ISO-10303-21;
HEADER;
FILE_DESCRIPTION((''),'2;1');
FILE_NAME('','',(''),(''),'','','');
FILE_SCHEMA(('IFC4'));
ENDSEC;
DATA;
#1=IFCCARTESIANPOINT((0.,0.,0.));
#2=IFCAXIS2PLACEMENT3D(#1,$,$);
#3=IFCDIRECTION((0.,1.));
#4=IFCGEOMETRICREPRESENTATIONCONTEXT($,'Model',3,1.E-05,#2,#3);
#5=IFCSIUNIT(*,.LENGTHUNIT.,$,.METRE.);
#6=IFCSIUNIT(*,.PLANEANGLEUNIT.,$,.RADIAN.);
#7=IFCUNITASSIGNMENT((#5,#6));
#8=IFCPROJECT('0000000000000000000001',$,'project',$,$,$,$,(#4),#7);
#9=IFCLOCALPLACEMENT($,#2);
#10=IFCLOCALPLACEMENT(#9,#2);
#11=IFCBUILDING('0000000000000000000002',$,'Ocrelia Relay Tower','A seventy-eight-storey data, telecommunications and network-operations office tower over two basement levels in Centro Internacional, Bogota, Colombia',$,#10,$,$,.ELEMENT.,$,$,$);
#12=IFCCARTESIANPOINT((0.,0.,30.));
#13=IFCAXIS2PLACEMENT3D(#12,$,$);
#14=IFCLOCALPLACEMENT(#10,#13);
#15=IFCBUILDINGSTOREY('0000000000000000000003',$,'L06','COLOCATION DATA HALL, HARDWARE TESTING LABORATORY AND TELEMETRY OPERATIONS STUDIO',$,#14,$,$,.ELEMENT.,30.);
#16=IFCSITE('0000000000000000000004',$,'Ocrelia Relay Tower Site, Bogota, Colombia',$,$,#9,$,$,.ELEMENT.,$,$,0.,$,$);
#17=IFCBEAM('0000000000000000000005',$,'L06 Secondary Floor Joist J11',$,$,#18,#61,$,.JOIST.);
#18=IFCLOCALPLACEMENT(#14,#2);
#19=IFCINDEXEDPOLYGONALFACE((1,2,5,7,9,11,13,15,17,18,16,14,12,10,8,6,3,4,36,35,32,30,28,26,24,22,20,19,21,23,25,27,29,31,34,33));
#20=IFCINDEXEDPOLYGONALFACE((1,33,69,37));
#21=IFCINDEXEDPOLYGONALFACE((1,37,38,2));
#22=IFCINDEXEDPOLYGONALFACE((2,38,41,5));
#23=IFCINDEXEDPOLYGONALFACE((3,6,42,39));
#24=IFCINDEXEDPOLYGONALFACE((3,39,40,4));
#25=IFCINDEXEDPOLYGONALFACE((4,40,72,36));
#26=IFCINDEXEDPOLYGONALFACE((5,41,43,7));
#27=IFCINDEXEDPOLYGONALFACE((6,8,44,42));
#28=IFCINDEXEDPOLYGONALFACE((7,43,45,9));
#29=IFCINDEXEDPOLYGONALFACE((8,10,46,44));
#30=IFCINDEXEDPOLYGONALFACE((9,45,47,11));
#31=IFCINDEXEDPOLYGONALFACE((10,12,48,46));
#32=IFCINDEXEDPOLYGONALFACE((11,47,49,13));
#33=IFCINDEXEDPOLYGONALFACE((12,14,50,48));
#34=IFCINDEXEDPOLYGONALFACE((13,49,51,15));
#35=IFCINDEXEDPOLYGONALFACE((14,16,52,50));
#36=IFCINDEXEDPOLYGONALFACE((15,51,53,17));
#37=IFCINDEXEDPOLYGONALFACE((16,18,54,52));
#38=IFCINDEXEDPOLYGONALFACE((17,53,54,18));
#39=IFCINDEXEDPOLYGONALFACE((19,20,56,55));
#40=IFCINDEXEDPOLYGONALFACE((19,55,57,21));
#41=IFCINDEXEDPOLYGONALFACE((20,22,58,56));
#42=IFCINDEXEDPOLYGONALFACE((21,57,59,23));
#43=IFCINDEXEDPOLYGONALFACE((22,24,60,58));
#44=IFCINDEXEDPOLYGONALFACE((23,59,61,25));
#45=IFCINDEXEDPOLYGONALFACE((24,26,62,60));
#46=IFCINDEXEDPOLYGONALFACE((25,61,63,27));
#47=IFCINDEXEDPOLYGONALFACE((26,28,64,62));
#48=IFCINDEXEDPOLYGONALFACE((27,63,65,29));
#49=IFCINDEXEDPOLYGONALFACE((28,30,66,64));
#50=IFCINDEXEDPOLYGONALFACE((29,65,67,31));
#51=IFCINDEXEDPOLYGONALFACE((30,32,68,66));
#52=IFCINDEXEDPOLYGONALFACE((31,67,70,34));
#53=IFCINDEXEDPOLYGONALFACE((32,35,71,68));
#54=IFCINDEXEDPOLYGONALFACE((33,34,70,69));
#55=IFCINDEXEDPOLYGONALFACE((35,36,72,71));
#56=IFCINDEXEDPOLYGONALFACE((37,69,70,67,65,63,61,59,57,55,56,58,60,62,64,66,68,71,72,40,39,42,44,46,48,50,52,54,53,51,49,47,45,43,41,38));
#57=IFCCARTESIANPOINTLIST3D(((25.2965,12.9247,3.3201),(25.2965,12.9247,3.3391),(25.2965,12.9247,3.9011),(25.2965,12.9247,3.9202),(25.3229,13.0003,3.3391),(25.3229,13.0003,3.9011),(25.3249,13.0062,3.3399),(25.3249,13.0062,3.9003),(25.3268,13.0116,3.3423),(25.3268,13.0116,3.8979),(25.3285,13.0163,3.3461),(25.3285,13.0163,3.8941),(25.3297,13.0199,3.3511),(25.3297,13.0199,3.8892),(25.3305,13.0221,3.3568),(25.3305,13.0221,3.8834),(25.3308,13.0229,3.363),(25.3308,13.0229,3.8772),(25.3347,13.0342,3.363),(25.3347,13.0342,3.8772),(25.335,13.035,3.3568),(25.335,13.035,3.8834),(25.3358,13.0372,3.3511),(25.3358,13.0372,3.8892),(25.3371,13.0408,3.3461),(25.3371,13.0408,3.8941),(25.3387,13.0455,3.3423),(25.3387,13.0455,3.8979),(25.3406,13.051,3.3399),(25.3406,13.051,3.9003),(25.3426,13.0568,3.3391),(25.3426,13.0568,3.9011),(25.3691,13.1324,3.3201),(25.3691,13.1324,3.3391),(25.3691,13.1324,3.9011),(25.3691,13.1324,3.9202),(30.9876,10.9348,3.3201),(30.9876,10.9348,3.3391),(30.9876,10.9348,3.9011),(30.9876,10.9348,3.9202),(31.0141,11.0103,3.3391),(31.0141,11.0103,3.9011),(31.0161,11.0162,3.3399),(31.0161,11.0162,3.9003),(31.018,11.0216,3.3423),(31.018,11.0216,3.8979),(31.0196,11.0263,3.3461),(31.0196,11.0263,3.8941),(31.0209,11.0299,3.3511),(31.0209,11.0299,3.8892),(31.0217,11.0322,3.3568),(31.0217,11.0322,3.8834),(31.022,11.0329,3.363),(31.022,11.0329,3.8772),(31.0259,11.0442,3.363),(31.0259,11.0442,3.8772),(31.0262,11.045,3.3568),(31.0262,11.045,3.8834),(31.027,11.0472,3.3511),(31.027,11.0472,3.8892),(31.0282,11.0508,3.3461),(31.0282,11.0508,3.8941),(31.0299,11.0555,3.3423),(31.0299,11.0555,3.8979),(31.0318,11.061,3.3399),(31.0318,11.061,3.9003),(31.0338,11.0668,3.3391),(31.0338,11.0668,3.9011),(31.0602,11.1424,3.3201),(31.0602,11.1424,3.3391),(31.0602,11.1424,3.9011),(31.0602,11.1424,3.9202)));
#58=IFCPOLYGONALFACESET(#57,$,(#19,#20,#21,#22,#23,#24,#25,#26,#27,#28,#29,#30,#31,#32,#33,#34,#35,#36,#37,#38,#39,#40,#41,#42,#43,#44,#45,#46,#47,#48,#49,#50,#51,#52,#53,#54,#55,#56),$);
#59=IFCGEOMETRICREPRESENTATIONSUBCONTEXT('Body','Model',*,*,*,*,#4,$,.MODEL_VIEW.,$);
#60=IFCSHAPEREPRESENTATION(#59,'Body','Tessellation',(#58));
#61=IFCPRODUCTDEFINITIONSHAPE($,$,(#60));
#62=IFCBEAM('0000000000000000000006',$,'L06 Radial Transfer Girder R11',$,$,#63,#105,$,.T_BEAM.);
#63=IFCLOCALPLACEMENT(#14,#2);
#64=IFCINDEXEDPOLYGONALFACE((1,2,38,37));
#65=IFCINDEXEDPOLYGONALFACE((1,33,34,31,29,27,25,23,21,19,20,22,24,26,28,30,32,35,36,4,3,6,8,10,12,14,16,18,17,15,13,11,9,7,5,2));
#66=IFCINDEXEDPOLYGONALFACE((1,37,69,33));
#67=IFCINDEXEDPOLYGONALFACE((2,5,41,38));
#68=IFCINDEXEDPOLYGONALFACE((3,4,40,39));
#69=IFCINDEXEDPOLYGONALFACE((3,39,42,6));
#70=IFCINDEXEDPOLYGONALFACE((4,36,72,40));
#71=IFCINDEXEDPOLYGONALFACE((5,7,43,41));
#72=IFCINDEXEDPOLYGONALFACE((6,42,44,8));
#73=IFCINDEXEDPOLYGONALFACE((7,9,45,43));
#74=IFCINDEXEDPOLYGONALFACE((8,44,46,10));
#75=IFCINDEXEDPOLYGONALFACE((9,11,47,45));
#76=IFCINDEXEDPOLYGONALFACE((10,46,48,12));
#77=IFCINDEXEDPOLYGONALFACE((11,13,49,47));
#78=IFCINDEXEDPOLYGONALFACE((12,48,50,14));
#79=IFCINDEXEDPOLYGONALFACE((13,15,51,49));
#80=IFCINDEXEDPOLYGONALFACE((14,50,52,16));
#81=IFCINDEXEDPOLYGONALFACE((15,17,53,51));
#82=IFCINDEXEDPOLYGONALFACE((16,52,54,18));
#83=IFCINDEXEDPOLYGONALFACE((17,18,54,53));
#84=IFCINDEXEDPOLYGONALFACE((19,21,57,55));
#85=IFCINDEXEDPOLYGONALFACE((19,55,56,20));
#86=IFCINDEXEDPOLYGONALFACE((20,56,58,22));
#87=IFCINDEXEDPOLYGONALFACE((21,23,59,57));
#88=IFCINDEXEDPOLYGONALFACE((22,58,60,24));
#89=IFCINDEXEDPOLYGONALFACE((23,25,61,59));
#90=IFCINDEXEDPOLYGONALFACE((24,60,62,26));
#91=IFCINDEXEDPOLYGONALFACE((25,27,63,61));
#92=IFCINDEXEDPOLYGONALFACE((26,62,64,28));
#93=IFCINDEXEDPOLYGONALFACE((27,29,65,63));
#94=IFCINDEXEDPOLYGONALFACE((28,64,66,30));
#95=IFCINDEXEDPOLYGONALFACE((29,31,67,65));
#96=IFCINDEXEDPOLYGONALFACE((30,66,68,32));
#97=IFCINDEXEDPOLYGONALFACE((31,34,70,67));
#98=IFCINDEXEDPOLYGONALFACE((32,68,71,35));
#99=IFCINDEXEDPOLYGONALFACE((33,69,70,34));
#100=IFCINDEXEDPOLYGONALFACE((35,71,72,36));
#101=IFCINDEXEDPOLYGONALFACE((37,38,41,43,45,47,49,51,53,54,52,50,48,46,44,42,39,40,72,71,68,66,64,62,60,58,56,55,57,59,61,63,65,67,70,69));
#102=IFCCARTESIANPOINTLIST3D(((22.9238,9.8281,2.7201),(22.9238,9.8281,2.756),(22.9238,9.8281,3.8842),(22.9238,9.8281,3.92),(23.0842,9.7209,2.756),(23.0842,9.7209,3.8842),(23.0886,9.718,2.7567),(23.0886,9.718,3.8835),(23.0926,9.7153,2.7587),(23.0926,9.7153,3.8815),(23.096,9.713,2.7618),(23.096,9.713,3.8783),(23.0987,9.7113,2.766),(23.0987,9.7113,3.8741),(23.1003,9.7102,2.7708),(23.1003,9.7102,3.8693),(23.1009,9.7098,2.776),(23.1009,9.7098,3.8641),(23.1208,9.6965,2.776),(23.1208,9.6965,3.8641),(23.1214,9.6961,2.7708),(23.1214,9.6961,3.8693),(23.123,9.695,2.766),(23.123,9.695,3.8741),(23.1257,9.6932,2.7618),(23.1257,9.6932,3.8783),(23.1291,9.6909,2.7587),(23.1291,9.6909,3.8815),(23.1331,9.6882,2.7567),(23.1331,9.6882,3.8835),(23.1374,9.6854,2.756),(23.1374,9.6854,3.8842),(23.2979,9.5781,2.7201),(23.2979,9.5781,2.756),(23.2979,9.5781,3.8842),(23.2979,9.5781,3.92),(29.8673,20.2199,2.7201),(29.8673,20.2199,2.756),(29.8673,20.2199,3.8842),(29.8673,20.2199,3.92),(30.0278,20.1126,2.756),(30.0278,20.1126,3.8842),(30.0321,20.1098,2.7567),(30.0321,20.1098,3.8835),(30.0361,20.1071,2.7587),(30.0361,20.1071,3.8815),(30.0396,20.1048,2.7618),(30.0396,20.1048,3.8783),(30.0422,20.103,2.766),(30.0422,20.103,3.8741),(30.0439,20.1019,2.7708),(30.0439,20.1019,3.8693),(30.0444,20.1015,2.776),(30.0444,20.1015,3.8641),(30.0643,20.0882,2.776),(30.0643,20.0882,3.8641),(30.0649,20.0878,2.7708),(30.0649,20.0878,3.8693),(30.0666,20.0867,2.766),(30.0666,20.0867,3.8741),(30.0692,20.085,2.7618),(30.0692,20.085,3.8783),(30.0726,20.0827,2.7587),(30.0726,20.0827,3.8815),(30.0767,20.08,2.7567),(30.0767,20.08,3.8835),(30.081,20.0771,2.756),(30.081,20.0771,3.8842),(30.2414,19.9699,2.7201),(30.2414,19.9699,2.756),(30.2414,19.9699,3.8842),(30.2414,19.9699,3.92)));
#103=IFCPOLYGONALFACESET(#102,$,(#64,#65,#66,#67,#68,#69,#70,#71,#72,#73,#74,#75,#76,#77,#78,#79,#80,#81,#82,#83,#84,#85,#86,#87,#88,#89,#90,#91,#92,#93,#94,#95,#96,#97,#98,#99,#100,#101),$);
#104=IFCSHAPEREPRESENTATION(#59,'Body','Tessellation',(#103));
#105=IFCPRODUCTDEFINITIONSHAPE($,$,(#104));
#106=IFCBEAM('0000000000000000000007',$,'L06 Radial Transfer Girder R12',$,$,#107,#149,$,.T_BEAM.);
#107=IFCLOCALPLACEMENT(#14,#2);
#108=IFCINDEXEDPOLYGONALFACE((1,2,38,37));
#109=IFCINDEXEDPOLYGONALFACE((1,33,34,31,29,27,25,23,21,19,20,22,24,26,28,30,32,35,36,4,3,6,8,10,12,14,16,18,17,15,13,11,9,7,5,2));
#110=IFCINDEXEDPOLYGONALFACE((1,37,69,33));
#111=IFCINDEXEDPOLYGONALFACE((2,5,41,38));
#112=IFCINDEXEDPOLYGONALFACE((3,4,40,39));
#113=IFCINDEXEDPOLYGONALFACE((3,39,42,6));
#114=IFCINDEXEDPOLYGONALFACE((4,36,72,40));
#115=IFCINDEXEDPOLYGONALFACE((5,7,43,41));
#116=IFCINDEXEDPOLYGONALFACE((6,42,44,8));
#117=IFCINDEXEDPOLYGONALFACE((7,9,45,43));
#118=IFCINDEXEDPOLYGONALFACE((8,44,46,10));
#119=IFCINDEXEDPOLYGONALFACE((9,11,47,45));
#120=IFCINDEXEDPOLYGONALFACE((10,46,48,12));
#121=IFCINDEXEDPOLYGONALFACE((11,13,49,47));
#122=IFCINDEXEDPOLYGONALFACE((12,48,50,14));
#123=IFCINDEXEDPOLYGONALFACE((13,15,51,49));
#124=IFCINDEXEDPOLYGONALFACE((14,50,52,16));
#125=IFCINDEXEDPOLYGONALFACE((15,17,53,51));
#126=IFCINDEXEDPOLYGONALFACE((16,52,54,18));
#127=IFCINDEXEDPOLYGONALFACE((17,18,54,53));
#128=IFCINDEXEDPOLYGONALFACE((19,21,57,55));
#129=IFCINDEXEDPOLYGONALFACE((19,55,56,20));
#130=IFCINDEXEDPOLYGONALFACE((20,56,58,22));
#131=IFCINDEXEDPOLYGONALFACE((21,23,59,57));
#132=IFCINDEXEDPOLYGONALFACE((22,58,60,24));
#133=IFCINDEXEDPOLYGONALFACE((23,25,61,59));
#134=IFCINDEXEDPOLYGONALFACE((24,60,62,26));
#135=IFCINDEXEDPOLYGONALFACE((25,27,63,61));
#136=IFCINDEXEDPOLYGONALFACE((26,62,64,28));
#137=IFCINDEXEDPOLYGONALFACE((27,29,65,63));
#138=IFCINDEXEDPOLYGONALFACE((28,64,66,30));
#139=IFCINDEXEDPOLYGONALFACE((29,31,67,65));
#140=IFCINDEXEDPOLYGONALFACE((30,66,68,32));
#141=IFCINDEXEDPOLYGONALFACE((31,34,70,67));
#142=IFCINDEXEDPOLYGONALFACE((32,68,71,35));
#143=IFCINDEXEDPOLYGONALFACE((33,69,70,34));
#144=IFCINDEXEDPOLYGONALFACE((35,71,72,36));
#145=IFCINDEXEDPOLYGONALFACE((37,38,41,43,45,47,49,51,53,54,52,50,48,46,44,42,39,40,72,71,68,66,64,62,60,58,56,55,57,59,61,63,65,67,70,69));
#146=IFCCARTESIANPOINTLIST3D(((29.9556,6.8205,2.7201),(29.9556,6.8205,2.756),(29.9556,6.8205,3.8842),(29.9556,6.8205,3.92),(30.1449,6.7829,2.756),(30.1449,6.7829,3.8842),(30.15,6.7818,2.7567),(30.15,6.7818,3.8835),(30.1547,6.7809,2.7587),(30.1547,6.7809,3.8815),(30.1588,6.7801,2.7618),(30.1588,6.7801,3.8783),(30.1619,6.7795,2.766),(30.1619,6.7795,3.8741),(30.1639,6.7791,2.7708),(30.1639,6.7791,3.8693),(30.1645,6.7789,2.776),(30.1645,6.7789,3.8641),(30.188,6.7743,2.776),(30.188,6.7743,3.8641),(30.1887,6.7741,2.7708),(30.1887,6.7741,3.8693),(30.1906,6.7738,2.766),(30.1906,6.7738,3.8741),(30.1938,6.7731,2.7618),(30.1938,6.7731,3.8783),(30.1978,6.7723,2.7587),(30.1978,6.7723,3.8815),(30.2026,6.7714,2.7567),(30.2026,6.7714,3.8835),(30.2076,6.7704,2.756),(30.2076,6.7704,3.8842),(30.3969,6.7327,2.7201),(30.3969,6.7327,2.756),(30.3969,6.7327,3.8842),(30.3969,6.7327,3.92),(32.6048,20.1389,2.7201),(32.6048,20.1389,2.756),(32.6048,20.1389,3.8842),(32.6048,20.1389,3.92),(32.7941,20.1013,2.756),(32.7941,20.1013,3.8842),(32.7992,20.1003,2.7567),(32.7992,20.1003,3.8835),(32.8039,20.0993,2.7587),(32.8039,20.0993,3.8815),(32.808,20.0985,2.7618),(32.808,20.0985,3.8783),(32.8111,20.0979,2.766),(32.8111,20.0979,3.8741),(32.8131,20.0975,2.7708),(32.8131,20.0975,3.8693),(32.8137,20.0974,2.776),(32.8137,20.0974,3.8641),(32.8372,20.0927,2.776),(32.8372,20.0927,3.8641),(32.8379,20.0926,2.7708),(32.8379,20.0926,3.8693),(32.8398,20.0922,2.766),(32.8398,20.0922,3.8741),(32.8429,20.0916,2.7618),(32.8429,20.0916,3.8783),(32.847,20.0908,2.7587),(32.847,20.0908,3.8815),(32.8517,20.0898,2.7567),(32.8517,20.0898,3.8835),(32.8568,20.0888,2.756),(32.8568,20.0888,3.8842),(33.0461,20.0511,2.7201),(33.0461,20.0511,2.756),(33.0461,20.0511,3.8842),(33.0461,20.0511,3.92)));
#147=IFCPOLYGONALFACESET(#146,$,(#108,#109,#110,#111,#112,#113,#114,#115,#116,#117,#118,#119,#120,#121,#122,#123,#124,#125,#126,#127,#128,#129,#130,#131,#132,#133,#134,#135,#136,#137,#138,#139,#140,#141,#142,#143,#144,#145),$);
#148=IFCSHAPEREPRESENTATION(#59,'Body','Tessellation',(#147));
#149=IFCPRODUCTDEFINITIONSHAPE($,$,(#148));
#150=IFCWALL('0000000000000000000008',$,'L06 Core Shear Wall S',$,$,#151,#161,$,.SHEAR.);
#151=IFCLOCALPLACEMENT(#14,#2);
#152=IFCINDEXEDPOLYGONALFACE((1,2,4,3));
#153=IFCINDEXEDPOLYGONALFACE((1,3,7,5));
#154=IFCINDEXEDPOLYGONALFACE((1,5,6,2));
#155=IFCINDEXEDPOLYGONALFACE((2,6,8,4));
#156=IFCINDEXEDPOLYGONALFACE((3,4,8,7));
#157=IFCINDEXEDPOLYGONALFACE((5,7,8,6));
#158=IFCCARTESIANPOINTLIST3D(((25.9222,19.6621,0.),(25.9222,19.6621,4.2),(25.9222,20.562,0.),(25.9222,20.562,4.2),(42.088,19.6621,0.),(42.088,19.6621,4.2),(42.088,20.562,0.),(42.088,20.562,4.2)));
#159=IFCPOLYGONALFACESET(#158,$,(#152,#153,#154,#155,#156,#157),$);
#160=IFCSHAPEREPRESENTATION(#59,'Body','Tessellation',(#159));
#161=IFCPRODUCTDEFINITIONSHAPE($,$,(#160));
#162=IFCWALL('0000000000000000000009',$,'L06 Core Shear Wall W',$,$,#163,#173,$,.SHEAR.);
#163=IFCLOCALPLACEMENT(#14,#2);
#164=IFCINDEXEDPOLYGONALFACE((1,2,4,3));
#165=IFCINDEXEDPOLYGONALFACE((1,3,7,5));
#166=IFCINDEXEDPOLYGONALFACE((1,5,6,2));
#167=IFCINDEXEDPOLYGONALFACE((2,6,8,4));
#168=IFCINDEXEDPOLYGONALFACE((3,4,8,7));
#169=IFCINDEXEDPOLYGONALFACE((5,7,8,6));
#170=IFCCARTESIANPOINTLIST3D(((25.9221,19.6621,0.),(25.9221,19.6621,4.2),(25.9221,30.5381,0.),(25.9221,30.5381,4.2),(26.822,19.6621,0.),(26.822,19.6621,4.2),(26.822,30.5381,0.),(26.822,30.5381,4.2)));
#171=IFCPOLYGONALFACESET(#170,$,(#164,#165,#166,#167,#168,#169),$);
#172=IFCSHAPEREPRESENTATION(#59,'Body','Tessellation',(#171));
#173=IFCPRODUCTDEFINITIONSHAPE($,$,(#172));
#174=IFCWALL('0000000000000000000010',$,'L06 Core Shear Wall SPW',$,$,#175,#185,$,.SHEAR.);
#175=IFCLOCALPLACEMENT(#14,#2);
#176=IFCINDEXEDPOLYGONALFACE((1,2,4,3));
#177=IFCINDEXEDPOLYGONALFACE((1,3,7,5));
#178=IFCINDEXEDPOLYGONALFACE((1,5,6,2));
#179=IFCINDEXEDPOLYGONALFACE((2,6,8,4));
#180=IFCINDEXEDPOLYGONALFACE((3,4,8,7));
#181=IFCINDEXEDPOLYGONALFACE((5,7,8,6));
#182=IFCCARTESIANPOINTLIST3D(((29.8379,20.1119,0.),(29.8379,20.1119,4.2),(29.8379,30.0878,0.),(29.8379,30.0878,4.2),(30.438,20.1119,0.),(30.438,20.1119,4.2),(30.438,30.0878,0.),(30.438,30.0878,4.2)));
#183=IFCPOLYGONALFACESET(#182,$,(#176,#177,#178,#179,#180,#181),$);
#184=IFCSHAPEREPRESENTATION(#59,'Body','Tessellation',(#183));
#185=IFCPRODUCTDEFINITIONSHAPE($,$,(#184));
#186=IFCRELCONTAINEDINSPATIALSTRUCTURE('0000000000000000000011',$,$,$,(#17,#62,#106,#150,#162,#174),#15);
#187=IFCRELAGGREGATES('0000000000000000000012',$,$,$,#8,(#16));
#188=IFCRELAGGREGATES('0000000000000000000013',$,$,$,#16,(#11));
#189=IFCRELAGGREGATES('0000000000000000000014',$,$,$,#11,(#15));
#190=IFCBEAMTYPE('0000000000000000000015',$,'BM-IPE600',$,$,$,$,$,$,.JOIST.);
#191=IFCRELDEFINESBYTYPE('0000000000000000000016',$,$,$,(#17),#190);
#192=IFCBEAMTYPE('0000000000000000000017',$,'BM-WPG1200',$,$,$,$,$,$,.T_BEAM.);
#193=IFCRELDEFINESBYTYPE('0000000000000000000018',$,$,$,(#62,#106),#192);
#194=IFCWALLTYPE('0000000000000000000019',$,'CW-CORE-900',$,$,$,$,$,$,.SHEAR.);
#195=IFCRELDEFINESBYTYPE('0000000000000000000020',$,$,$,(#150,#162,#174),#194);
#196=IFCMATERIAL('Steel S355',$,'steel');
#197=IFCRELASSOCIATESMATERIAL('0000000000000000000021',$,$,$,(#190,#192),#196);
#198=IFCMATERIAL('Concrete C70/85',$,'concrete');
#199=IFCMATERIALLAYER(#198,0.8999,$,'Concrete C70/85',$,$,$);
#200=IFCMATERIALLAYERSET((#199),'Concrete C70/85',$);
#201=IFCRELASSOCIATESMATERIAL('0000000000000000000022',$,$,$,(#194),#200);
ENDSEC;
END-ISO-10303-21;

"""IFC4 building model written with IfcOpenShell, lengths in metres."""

from ifc_helpers import new_model, si_unit, direction, frame, frame_2d, origin, origin_2d, place, context, subcontext, project, spatial, rectangle, i_section, extrude, material, layer, layer_set, material_profile, profile_set, type_object, element, save


model = new_model("IFC4")

# Units and contexts
model_context = context("Model", 3, precision=1e-05, world=origin(), true_north=direction((0.0, 1.0)))
body_context = subcontext(model_context, "Body", "Model", "MODEL_VIEW")
ifc_project = project(units=[si_unit("LENGTHUNIT", "METRE"), si_unit("PLANEANGLEUNIT", "RADIAN")], contexts=[model_context])

# Site, building, storey
site_placement = place(None, origin())
site = spatial("IfcSite", under=ifc_project, at=site_placement, Name="Ocrelia Relay Tower Site, Bogota, Colombia", CompositionType="ELEMENT", RefElevation=0.0)
building_placement = place(site_placement, origin())
building = spatial("IfcBuilding", under=site, at=building_placement, Name="Ocrelia Relay Tower", Description="A seventy-eight-storey data, telecommunications and network-operations office tower over two basement levels in Centro Internacional, Bogota, Colombia", CompositionType="ELEMENT")
storey_placement = place(building_placement, frame((0.0, 0.0, 30.0)))
storey = spatial("IfcBuildingStorey", under=building, at=storey_placement, Name="L06", Description="COLOCATION DATA HALL, HARDWARE TESTING LABORATORY AND TELEMETRY OPERATIONS STUDIO", CompositionType="ELEMENT", Elevation=30.0)

# Shared definitions
ifc_material_1 = material(Name="Concrete C70/85", Category="concrete")

# Beams
ifc_material_2 = material(Name="Steel S355", Category="steel")
ifc_material_profile_1 = material_profile(ifc_material_2, i_section(OverallWidth=0.22, OverallDepth=0.6001, WebThickness=0.012, FlangeThickness=0.019, FilletRadius=0.0239, at=origin_2d()), Name="IPE 600")
ifc_profile_set_1 = profile_set([ifc_material_profile_1], Name="Steel S355")
beam_type_1 = type_object("IfcBeamType", Name="BM-IPE600", PredefinedType="JOIST", material=ifc_profile_set_1)
beam_1_placement = place(storey_placement, frame((25.3328, 13.0286, 3.6201), z_axis=(0.943957, -0.330067, 0.0), x_axis=(0.330067, 0.943957, 0.0)))
element("IfcBeam", 1, at=beam_1_placement, inside=storey, type_object=beam_type_1, Name="L06 Secondary Floor Joist J11", PredefinedType="JOIST", context=body_context, shape_type="SweptSolid", body=[
    extrude(i_section(OverallWidth=0.22, OverallDepth=0.6001, WebThickness=0.012, FlangeThickness=0.019, FilletRadius=0.0239, at=origin_2d()), origin(), (0.0, 0.0, 1.0), 6.0291),
])
ifc_material_profile_2 = material_profile(ifc_material_2, i_section(OverallWidth=0.45, OverallDepth=1.2, WebThickness=0.0239, FlangeThickness=0.0359, FilletRadius=0.02, at=origin_2d()), Name="WPG 1200x450")
ifc_profile_set_2 = profile_set([ifc_material_profile_2], Name="Steel S355")
beam_type_2 = type_object("IfcBeamType", Name="BM-WPG1200", PredefinedType="T_BEAM", material=ifc_profile_set_2)
beam_2_placement = place(storey_placement, frame((23.1108, 9.7031, 3.3201), z_axis=(0.55557, 0.83147, 0.0), x_axis=(-0.83147, 0.55557, 0.0)))
element("IfcBeam", 2, at=beam_2_placement, inside=storey, type_object=beam_type_2, Name="L06 Radial Transfer Girder R11", PredefinedType="T_BEAM", context=body_context, shape_type="SweptSolid", body=[
    extrude(i_section(OverallWidth=0.45, OverallDepth=1.2, WebThickness=0.0239, FlangeThickness=0.0359, FilletRadius=0.02, at=origin_2d()), origin(), (0.0, 0.0, 1.0), 12.498),
])
beam_3_placement = place(storey_placement, frame((30.1763, 6.7766, 3.3201), z_axis=(0.195089, 0.980786, 0.0), x_axis=(-0.980786, 0.195089, 0.0)))
element("IfcBeam", 3, at=beam_3_placement, inside=storey, type_object=beam_type_2, Name="L06 Radial Transfer Girder R12", PredefinedType="T_BEAM", context=body_context, shape_type="SweptSolid", body=[
    extrude(i_section(OverallWidth=0.45, OverallDepth=1.2, WebThickness=0.0239, FlangeThickness=0.0359, FilletRadius=0.02, at=origin_2d()), origin(), (0.0, 0.0, 1.0), 13.5793),
])

# Walls
ifc_layer_1 = layer(ifc_material_1, 0.8999, Name="Concrete C70/85")
ifc_layer_set_1 = layer_set([ifc_layer_1], Name="Concrete C70/85")
wall_type_1 = type_object("IfcWallType", Name="CW-CORE-900", PredefinedType="SHEAR", material=ifc_layer_set_1)
wall_1_placement = place(storey_placement, frame((25.9221, 20.1121, 0.0), z_axis=(0.0, 0.0, 1.0), x_axis=(1.0, 0.0, 0.0)))
element("IfcWall", 4, at=wall_1_placement, inside=storey, type_object=wall_type_1, Name="L06 Core Shear Wall S", PredefinedType="SHEAR", context=body_context, shape_type="SweptSolid", body=[
    extrude(rectangle(XDim=16.1658, YDim=0.8999, at=frame_2d((8.083, 0.0))), origin(), (0.0, 0.0, 1.0), 4.2),
])
wall_2_placement = place(storey_placement, frame((26.3721, 19.6621, 0.0), z_axis=(0.0, 0.0, 1.0), x_axis=(0.0, 1.0, 0.0)))
element("IfcWall", 5, at=wall_2_placement, inside=storey, type_object=wall_type_1, Name="L06 Core Shear Wall W", PredefinedType="SHEAR", context=body_context, shape_type="SweptSolid", body=[
    extrude(rectangle(XDim=10.876, YDim=0.8999, at=frame_2d((5.438, 0.0))), origin(), (0.0, 0.0, 1.0), 4.2),
])
wall_3_placement = place(storey_placement, frame((30.1379, 20.1121, 0.0), z_axis=(0.0, 0.0, 1.0), x_axis=(0.0, 1.0, 0.0)))
element("IfcWall", 6, at=wall_3_placement, inside=storey, type_object=wall_type_1, Name="L06 Core Shear Wall SPW", PredefinedType="SHEAR", context=body_context, shape_type="SweptSolid", body=[
    extrude(rectangle(XDim=9.9758, YDim=0.6001, at=frame_2d((4.9878, 0.0))), origin(), (0.0, 0.0, 1.0), 4.2),
])

save(model, "model.ifc")
